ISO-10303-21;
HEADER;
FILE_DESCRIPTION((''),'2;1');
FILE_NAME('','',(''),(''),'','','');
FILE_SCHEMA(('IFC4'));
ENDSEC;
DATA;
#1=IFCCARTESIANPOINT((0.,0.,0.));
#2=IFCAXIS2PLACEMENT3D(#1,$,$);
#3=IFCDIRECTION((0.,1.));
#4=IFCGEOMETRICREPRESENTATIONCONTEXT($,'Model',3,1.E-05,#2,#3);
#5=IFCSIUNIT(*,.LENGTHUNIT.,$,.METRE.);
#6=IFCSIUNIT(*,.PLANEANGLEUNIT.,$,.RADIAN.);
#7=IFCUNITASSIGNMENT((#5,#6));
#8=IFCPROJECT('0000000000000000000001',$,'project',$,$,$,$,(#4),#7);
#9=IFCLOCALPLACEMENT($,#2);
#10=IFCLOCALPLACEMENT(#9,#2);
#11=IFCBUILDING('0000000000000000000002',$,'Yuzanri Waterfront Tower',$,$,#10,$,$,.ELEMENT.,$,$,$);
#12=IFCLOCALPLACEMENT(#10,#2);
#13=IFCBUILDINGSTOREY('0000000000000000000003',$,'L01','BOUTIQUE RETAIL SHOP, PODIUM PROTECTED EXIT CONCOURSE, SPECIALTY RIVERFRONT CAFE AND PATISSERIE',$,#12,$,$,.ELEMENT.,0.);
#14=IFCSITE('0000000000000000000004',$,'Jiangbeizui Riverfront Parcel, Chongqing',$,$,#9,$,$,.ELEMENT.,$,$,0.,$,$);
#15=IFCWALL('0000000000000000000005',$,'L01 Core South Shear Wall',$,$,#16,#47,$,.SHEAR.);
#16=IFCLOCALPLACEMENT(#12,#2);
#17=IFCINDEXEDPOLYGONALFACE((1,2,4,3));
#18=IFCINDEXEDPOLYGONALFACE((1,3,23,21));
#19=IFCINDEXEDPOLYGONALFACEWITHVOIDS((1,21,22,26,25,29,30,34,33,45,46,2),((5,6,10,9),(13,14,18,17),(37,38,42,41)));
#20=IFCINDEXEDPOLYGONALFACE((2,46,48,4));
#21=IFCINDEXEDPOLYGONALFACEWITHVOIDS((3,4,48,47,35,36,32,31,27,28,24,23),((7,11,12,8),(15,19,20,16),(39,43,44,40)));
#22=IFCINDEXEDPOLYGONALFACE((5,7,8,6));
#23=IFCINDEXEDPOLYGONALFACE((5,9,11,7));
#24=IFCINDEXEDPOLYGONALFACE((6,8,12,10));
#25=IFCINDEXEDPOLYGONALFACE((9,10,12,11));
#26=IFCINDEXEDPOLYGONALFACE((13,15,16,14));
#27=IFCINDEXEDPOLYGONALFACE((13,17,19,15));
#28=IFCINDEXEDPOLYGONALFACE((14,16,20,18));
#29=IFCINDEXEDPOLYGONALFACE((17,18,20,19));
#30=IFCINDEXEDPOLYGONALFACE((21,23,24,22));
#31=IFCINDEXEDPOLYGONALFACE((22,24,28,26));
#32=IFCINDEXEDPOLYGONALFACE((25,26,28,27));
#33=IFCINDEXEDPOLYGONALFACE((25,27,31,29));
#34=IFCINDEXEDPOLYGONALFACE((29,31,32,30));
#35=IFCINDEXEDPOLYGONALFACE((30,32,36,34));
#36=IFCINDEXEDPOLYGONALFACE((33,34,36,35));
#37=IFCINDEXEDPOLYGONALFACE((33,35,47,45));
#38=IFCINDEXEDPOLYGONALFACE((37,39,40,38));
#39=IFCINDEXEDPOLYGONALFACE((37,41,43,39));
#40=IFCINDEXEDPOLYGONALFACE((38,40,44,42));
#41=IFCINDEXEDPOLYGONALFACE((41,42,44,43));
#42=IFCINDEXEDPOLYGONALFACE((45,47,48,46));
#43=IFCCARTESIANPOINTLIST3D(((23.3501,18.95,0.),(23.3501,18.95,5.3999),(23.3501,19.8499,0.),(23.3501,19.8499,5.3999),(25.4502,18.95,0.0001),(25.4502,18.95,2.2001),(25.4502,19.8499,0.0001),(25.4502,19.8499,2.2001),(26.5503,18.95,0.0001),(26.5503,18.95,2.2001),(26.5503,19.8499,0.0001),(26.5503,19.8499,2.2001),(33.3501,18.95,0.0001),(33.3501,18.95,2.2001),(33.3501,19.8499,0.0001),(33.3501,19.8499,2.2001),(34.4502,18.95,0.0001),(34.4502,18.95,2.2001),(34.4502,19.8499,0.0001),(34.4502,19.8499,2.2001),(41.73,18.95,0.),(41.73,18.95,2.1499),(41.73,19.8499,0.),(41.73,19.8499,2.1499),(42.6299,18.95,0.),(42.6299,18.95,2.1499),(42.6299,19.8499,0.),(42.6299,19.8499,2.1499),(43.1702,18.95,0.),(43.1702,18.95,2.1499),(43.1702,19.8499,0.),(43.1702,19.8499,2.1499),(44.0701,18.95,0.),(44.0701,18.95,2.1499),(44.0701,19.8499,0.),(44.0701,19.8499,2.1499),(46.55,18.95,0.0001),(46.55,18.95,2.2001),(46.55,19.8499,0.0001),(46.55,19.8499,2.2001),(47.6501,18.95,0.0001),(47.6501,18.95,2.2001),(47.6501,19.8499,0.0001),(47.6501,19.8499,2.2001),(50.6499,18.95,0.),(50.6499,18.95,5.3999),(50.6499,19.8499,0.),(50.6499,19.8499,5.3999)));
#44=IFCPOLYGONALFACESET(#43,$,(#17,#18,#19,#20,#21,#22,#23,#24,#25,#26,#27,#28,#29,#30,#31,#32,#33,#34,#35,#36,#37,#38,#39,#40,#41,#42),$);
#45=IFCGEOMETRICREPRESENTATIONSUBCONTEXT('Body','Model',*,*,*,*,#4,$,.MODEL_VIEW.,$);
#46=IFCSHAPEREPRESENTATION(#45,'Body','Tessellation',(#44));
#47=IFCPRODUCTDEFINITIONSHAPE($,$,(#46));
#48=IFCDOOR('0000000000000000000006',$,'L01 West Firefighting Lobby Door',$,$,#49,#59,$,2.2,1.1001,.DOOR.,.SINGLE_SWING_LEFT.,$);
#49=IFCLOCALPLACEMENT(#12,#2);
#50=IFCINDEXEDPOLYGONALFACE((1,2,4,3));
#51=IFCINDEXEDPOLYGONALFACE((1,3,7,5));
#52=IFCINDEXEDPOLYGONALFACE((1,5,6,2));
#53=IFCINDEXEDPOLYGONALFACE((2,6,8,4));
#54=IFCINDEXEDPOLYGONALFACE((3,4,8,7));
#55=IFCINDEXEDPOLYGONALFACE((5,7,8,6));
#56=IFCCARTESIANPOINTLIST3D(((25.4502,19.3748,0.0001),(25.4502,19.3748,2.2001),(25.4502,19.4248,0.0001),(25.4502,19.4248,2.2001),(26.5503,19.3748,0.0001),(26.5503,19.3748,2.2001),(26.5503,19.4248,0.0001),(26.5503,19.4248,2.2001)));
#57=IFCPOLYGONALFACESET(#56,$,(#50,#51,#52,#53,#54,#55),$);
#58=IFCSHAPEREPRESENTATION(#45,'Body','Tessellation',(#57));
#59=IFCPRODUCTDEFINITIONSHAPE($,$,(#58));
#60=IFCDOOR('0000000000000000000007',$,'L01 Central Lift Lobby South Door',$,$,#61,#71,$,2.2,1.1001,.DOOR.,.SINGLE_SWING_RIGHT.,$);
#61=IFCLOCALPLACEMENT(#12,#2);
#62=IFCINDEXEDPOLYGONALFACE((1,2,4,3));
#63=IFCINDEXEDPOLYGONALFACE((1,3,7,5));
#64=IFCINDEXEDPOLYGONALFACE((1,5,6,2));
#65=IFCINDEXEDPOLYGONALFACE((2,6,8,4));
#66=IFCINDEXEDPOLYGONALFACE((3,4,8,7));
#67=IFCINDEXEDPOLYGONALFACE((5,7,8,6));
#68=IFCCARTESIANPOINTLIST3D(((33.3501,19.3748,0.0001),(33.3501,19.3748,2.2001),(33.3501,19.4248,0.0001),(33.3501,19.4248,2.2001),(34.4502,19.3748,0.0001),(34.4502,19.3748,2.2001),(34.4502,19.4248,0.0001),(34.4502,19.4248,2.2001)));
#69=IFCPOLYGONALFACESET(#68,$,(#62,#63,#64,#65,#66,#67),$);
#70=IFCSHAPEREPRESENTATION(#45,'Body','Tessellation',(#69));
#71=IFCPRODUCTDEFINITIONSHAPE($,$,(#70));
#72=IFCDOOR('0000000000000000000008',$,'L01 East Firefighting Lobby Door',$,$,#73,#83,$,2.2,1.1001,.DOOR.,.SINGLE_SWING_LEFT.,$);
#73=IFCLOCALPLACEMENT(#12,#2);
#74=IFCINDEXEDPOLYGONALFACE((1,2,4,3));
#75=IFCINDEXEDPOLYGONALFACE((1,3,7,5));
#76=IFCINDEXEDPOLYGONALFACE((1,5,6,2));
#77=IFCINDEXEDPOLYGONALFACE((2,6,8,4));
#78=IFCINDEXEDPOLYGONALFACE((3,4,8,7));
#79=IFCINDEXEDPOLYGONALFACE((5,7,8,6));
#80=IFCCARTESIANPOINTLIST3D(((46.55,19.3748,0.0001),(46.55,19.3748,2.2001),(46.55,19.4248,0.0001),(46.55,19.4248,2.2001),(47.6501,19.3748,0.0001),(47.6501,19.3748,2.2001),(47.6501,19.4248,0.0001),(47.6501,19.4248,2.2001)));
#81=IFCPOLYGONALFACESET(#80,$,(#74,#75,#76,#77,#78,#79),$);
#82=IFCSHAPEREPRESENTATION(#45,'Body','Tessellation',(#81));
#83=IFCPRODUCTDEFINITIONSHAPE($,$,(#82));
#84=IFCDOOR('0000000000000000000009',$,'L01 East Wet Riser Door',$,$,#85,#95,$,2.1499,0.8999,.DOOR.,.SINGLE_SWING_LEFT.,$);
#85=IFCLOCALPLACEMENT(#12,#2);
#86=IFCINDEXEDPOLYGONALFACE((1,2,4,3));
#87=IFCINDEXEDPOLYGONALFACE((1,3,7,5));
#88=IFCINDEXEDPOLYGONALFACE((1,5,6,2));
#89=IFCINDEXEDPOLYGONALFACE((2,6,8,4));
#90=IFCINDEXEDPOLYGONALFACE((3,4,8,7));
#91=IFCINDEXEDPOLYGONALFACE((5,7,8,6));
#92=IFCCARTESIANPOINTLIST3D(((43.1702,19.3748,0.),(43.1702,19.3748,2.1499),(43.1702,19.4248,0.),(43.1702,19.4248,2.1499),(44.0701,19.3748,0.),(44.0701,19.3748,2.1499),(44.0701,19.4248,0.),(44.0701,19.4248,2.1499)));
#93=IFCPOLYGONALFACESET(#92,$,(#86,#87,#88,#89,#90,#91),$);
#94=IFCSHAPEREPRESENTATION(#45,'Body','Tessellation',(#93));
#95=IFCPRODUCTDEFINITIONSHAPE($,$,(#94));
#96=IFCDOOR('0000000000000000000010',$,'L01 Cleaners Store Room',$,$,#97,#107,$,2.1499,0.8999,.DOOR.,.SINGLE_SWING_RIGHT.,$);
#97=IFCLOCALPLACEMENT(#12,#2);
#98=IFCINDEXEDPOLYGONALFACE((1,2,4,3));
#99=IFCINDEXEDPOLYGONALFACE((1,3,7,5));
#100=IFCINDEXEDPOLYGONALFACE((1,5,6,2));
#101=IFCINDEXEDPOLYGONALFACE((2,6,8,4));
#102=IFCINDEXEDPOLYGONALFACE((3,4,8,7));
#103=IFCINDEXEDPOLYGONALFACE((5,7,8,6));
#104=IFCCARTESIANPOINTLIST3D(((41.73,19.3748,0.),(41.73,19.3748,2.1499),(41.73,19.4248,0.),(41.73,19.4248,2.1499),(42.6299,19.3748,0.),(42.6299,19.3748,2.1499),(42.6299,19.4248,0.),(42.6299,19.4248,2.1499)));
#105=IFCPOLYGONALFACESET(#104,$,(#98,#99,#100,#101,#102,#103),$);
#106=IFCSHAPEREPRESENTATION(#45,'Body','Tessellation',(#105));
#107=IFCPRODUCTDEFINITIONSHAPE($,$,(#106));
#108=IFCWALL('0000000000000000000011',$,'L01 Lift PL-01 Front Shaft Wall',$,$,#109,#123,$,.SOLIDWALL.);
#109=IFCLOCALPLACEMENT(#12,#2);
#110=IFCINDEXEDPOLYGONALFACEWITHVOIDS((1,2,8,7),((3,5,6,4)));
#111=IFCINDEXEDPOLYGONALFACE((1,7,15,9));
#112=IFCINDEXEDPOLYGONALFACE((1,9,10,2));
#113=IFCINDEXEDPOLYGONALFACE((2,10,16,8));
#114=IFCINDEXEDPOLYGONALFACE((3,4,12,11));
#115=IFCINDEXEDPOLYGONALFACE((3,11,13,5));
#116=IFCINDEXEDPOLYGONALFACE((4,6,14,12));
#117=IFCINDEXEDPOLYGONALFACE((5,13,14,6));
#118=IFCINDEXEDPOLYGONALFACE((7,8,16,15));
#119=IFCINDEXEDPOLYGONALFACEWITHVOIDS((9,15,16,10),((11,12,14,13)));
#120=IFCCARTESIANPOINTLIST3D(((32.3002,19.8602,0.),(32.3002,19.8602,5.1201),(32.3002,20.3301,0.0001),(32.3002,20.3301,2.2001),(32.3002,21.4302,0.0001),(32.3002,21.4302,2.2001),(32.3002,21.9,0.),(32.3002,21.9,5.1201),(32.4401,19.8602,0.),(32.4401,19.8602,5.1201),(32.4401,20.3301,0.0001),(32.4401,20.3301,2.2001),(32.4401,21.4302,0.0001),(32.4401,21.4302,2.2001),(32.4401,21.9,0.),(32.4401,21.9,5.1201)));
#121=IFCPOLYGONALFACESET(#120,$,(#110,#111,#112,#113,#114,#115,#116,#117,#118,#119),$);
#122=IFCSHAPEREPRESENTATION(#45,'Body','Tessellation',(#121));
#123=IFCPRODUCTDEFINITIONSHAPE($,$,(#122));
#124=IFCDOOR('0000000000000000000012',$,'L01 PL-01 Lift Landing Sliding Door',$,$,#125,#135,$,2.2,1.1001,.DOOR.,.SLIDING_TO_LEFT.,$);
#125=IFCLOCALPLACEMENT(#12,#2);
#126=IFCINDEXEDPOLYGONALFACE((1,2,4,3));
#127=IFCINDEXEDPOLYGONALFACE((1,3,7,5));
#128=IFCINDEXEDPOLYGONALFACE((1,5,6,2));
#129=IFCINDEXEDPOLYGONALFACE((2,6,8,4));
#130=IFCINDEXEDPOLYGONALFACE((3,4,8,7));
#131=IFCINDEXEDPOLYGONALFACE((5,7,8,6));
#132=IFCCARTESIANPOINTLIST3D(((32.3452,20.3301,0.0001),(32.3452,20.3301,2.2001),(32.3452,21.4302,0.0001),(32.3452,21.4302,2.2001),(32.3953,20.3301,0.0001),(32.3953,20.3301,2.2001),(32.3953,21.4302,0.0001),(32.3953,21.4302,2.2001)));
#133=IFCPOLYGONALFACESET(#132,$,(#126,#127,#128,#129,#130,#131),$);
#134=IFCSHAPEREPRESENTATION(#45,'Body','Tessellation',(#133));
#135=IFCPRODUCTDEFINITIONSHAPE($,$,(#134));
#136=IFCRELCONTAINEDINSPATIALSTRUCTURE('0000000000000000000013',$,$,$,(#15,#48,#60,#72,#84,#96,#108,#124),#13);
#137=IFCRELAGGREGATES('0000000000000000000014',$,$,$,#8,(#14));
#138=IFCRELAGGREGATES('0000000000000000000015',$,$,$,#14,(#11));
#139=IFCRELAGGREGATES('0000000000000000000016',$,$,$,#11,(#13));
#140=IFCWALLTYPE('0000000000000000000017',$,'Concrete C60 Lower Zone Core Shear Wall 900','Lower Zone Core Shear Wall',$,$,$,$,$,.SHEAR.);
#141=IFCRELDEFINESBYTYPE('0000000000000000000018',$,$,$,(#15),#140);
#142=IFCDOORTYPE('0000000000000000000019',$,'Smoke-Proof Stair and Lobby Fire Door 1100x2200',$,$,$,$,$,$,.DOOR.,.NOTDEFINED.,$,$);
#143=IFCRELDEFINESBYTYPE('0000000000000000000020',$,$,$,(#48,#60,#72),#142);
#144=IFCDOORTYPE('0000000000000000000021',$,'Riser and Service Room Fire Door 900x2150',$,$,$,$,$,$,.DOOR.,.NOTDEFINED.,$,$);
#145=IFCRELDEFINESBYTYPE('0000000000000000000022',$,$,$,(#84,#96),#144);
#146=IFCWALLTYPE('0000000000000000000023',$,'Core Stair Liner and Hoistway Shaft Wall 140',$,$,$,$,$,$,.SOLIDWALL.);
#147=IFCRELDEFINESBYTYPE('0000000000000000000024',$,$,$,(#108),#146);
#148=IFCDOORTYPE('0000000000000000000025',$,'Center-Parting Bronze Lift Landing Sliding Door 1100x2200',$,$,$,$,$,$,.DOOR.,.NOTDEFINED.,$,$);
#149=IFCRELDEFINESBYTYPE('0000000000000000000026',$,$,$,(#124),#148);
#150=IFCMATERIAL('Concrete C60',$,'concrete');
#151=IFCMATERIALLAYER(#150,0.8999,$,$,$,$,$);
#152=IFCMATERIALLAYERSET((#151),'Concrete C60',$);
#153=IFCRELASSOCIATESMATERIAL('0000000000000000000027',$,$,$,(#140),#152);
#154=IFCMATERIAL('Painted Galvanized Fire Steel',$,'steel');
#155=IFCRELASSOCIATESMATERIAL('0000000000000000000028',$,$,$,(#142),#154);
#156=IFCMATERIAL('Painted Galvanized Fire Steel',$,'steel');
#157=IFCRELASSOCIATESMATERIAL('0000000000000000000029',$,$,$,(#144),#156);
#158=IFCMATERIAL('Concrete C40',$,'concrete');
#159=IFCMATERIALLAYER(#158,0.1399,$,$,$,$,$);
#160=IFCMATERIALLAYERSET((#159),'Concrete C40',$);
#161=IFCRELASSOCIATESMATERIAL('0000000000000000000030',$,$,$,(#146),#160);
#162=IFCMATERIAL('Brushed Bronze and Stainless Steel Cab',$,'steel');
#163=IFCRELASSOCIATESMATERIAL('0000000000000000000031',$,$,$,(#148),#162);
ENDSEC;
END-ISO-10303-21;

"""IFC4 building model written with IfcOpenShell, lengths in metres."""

from ifc_helpers import new_model, si_unit, direction, frame, frame_2d, origin, place, context, subcontext, project, spatial, rectangle, extrude, source, transform, mapped, material, layer, layer_set, type_object, element, fill, save


model = new_model("IFC4")

# Units and contexts
model_context = context("Model", 3, precision=1e-05, world=origin(), true_north=direction((0.0, 1.0)))
body_context = subcontext(model_context, "Body", "Model", "MODEL_VIEW")
ifc_project = project(units=[si_unit("LENGTHUNIT", "METRE"), si_unit("PLANEANGLEUNIT", "RADIAN")], contexts=[model_context])

# Site, building, storey
site_placement = place(None, origin())
site = spatial("IfcSite", under=ifc_project, at=site_placement, Name="Jiangbeizui Riverfront Parcel, Chongqing", CompositionType="ELEMENT", RefElevation=0.0)
building_placement = place(site_placement, origin())
building = spatial("IfcBuilding", under=site, at=building_placement, Name="Yuzanri Waterfront Tower", CompositionType="ELEMENT")
storey_placement = place(building_placement, origin())
storey = spatial("IfcBuildingStorey", under=building, at=storey_placement, Name="L01", Description="BOUTIQUE RETAIL SHOP, PODIUM PROTECTED EXIT CONCOURSE, SPECIALTY RIVERFRONT CAFE AND PATISSERIE", CompositionType="ELEMENT", Elevation=0.0)

# Wall, openings, doors
ifc_material_1 = material(Name="Concrete C60", Category="concrete")
ifc_layer_1 = layer(ifc_material_1, 0.8999)
ifc_layer_set_1 = layer_set([ifc_layer_1], Name="Concrete C60")
wall_type_1 = type_object("IfcWallType", Name="Concrete C60 Lower Zone Core Shear Wall 900", Description="Lower Zone Core Shear Wall", PredefinedType="SHEAR", material=ifc_layer_set_1)
wall_1_placement = place(storey_placement, frame((23.3501, 19.3999, 0.0), z_axis=(0.0, 0.0, 1.0), x_axis=(1.0, 0.0, 0.0)))
wall_1 = element("IfcWall", 1, at=wall_1_placement, inside=storey, type_object=wall_type_1, Name="L01 Core South Shear Wall", PredefinedType="SHEAR", context=body_context, shape_type="SweptSolid", body=[
    extrude(rectangle(XDim=27.2998, YDim=0.8999, at=frame_2d((13.6499, 0.0))), origin(), (0.0, 0.0, 1.0), 5.3999),
])
opening_1_placement = place(wall_1_placement, frame((2.1001, 0.0, 0.0)))
opening_1 = element("IfcOpeningElement", 2, at=opening_1_placement, cuts=wall_1, PredefinedType="OPENING", context=body_context, shape_type="SweptSolid", body=[
    extrude(rectangle(XDim=1.1001, YDim=2.2, at=frame_2d((0.55, 1.1001))), frame((0.0, 0.4648, 0.0), z_axis=(0.0, -1.0, 0.0), x_axis=(1.0, 0.0, 0.0)), (0.0, 0.0, 1.0), 0.9297),
])
opening_2_placement = place(wall_1_placement, frame((10.0, 0.0, 0.0)))
opening_2 = element("IfcOpeningElement", 3, at=opening_2_placement, cuts=wall_1, PredefinedType="OPENING", context=body_context, shape_type="SweptSolid", body=[
    extrude(rectangle(XDim=1.1001, YDim=2.2, at=frame_2d((0.55, 1.1001))), frame((0.0, 0.4648, 0.0), z_axis=(0.0, -1.0, 0.0), x_axis=(1.0, 0.0, 0.0)), (0.0, 0.0, 1.0), 0.9297),
])
opening_3_placement = place(wall_1_placement, frame((23.2, 0.0, 0.0)))
opening_3 = element("IfcOpeningElement", 4, at=opening_3_placement, cuts=wall_1, PredefinedType="OPENING", context=body_context, shape_type="SweptSolid", body=[
    extrude(rectangle(XDim=1.1001, YDim=2.2, at=frame_2d((0.55, 1.1001))), frame((0.0, 0.4648, 0.0), z_axis=(0.0, -1.0, 0.0), x_axis=(1.0, 0.0, 0.0)), (0.0, 0.0, 1.0), 0.9297),
])
opening_4_placement = place(wall_1_placement, frame((19.8201, 0.0, 0.0)))
opening_4 = element("IfcOpeningElement", 5, at=opening_4_placement, cuts=wall_1, PredefinedType="OPENING", context=body_context, shape_type="SweptSolid", body=[
    extrude(rectangle(XDim=0.8999, YDim=2.1499, at=frame_2d((0.45, 1.075))), frame((0.0, 0.4648, 0.0), z_axis=(0.0, -1.0, 0.0), x_axis=(1.0, 0.0, 0.0)), (0.0, 0.0, 1.0), 0.9297),
])
opening_5_placement = place(wall_1_placement, frame((18.3799, 0.0, 0.0)))
opening_5 = element("IfcOpeningElement", 6, at=opening_5_placement, cuts=wall_1, PredefinedType="OPENING", context=body_context, shape_type="SweptSolid", body=[
    extrude(rectangle(XDim=0.8999, YDim=2.1499, at=frame_2d((0.45, 1.075))), frame((0.0, 0.4648, 0.0), z_axis=(0.0, -1.0, 0.0), x_axis=(1.0, 0.0, 0.0)), (0.0, 0.0, 1.0), 0.9297),
])
ifc_material_2 = material(Name="Painted Galvanized Fire Steel", Category="steel")
door_type_1 = type_object("IfcDoorType", Name="Smoke-Proof Stair and Lobby Fire Door 1100x2200", OperationType="NOTDEFINED", PredefinedType="DOOR", material=ifc_material_2)
shared_shape_1 = source(origin(), body_context, "Body", "SweptSolid", [
    extrude(rectangle(XDim=1.1001, YDim=2.2, at=frame_2d((0.55, 1.1001))), frame((0.0, 0.0249, 0.0), z_axis=(0.0, -1.0, 0.0), x_axis=(1.0, 0.0, 0.0)), (0.0, 0.0, 1.0), 0.05),
])
door_1_placement = place(opening_1_placement, origin())
door_1 = element("IfcDoor", 7, at=door_1_placement, inside=storey, type_object=door_type_1, Name="L01 West Firefighting Lobby Door", OperationType="SINGLE_SWING_LEFT", OverallHeight=2.2, OverallWidth=1.1001, PredefinedType="DOOR", context=body_context, shape_type="MappedRepresentation", body=[
    mapped(shared_shape_1, transform((0.0, 0.0, 0.0), scale=1.0)),
])
fill(opening_1, door_1)
door_2_placement = place(opening_2_placement, origin())
door_2 = element("IfcDoor", 8, at=door_2_placement, inside=storey, type_object=door_type_1, Name="L01 Central Lift Lobby South Door", OperationType="SINGLE_SWING_RIGHT", OverallHeight=2.2, OverallWidth=1.1001, PredefinedType="DOOR", context=body_context, shape_type="MappedRepresentation", body=[
    mapped(shared_shape_1, transform((0.0, 0.0, 0.0), scale=1.0)),
])
fill(opening_2, door_2)
door_3_placement = place(opening_3_placement, origin())
door_3 = element("IfcDoor", 9, at=door_3_placement, inside=storey, type_object=door_type_1, Name="L01 East Firefighting Lobby Door", OperationType="SINGLE_SWING_LEFT", OverallHeight=2.2, OverallWidth=1.1001, PredefinedType="DOOR", context=body_context, shape_type="MappedRepresentation", body=[
    mapped(shared_shape_1, transform((0.0, 0.0, 0.0), scale=1.0)),
])
fill(opening_3, door_3)
ifc_material_3 = material(Name="Painted Galvanized Fire Steel", Category="steel")
door_type_2 = type_object("IfcDoorType", Name="Riser and Service Room Fire Door 900x2150", OperationType="NOTDEFINED", PredefinedType="DOOR", material=ifc_material_3)
shared_shape_2 = source(origin(), body_context, "Body", "SweptSolid", [
    extrude(rectangle(XDim=0.8999, YDim=2.1499, at=frame_2d((0.45, 1.075))), frame((0.0, 0.0249, 0.0), z_axis=(0.0, -1.0, 0.0), x_axis=(1.0, 0.0, 0.0)), (0.0, 0.0, 1.0), 0.05),
])
door_4_placement = place(opening_4_placement, origin())
door_4 = element("IfcDoor", 10, at=door_4_placement, inside=storey, type_object=door_type_2, Name="L01 East Wet Riser Door", OperationType="SINGLE_SWING_LEFT", OverallHeight=2.1499, OverallWidth=0.8999, PredefinedType="DOOR", context=body_context, shape_type="MappedRepresentation", body=[
    mapped(shared_shape_2, transform((0.0, 0.0, 0.0), scale=1.0)),
])
fill(opening_4, door_4)
door_5_placement = place(opening_5_placement, origin())
door_5 = element("IfcDoor", 11, at=door_5_placement, inside=storey, type_object=door_type_2, Name="L01 Cleaners Store Room", OperationType="SINGLE_SWING_RIGHT", OverallHeight=2.1499, OverallWidth=0.8999, PredefinedType="DOOR", context=body_context, shape_type="MappedRepresentation", body=[
    mapped(shared_shape_2, transform((0.0, 0.0, 0.0), scale=1.0)),
])
fill(opening_5, door_5)

# Wall, opening, door
ifc_material_4 = material(Name="Concrete C40", Category="concrete")
ifc_layer_2 = layer(ifc_material_4, 0.1399)
ifc_layer_set_2 = layer_set([ifc_layer_2], Name="Concrete C40")
wall_type_2 = type_object("IfcWallType", Name="Core Stair Liner and Hoistway Shaft Wall 140", PredefinedType="SOLIDWALL", material=ifc_layer_set_2)
wall_2_placement = place(storey_placement, frame((32.3701, 19.8601, 0.0), z_axis=(0.0, 0.0, 1.0), x_axis=(0.0, 1.0, 0.0)))
wall_2 = element("IfcWall", 12, at=wall_2_placement, inside=storey, type_object=wall_type_2, Name="L01 Lift PL-01 Front Shaft Wall", PredefinedType="SOLIDWALL", context=body_context, shape_type="SweptSolid", body=[
    extrude(rectangle(XDim=2.0398, YDim=0.1399, at=frame_2d((1.02, 0.0))), origin(), (0.0, 0.0, 1.0), 5.1201),
])
opening_6_placement = place(wall_2_placement, frame((0.47, 0.0, 0.0)))
opening_6 = element("IfcOpeningElement", 13, at=opening_6_placement, cuts=wall_2, PredefinedType="OPENING", context=body_context, shape_type="SweptSolid", body=[
    extrude(rectangle(XDim=1.1001, YDim=2.2, at=frame_2d((0.55, 1.1001))), frame((0.0, 0.085, 0.0), z_axis=(0.0, -1.0, 0.0), x_axis=(1.0, 0.0, 0.0)), (0.0, 0.0, 1.0), 0.1697),
])
ifc_material_5 = material(Name="Brushed Bronze and Stainless Steel Cab", Category="steel")
door_type_3 = type_object("IfcDoorType", Name="Center-Parting Bronze Lift Landing Sliding Door 1100x2200", OperationType="NOTDEFINED", PredefinedType="DOOR", material=ifc_material_5)
shared_shape_3 = source(origin(), body_context, "Body", "SweptSolid", [
    extrude(rectangle(XDim=1.1001, YDim=2.2, at=frame_2d((0.55, 1.1001))), frame((0.0, 0.0249, 0.0), z_axis=(0.0, -1.0, 0.0), x_axis=(1.0, 0.0, 0.0)), (0.0, 0.0, 1.0), 0.05),
])
door_6_placement = place(opening_6_placement, origin())
door_6 = element("IfcDoor", 14, at=door_6_placement, inside=storey, type_object=door_type_3, Name="L01 PL-01 Lift Landing Sliding Door", OperationType="SLIDING_TO_LEFT", OverallHeight=2.2, OverallWidth=1.1001, PredefinedType="DOOR", context=body_context, shape_type="MappedRepresentation", body=[
    mapped(shared_shape_3, transform((0.0, 0.0, 0.0), scale=1.0)),
])
fill(opening_6, door_6)

save(model, "model.ifc")
